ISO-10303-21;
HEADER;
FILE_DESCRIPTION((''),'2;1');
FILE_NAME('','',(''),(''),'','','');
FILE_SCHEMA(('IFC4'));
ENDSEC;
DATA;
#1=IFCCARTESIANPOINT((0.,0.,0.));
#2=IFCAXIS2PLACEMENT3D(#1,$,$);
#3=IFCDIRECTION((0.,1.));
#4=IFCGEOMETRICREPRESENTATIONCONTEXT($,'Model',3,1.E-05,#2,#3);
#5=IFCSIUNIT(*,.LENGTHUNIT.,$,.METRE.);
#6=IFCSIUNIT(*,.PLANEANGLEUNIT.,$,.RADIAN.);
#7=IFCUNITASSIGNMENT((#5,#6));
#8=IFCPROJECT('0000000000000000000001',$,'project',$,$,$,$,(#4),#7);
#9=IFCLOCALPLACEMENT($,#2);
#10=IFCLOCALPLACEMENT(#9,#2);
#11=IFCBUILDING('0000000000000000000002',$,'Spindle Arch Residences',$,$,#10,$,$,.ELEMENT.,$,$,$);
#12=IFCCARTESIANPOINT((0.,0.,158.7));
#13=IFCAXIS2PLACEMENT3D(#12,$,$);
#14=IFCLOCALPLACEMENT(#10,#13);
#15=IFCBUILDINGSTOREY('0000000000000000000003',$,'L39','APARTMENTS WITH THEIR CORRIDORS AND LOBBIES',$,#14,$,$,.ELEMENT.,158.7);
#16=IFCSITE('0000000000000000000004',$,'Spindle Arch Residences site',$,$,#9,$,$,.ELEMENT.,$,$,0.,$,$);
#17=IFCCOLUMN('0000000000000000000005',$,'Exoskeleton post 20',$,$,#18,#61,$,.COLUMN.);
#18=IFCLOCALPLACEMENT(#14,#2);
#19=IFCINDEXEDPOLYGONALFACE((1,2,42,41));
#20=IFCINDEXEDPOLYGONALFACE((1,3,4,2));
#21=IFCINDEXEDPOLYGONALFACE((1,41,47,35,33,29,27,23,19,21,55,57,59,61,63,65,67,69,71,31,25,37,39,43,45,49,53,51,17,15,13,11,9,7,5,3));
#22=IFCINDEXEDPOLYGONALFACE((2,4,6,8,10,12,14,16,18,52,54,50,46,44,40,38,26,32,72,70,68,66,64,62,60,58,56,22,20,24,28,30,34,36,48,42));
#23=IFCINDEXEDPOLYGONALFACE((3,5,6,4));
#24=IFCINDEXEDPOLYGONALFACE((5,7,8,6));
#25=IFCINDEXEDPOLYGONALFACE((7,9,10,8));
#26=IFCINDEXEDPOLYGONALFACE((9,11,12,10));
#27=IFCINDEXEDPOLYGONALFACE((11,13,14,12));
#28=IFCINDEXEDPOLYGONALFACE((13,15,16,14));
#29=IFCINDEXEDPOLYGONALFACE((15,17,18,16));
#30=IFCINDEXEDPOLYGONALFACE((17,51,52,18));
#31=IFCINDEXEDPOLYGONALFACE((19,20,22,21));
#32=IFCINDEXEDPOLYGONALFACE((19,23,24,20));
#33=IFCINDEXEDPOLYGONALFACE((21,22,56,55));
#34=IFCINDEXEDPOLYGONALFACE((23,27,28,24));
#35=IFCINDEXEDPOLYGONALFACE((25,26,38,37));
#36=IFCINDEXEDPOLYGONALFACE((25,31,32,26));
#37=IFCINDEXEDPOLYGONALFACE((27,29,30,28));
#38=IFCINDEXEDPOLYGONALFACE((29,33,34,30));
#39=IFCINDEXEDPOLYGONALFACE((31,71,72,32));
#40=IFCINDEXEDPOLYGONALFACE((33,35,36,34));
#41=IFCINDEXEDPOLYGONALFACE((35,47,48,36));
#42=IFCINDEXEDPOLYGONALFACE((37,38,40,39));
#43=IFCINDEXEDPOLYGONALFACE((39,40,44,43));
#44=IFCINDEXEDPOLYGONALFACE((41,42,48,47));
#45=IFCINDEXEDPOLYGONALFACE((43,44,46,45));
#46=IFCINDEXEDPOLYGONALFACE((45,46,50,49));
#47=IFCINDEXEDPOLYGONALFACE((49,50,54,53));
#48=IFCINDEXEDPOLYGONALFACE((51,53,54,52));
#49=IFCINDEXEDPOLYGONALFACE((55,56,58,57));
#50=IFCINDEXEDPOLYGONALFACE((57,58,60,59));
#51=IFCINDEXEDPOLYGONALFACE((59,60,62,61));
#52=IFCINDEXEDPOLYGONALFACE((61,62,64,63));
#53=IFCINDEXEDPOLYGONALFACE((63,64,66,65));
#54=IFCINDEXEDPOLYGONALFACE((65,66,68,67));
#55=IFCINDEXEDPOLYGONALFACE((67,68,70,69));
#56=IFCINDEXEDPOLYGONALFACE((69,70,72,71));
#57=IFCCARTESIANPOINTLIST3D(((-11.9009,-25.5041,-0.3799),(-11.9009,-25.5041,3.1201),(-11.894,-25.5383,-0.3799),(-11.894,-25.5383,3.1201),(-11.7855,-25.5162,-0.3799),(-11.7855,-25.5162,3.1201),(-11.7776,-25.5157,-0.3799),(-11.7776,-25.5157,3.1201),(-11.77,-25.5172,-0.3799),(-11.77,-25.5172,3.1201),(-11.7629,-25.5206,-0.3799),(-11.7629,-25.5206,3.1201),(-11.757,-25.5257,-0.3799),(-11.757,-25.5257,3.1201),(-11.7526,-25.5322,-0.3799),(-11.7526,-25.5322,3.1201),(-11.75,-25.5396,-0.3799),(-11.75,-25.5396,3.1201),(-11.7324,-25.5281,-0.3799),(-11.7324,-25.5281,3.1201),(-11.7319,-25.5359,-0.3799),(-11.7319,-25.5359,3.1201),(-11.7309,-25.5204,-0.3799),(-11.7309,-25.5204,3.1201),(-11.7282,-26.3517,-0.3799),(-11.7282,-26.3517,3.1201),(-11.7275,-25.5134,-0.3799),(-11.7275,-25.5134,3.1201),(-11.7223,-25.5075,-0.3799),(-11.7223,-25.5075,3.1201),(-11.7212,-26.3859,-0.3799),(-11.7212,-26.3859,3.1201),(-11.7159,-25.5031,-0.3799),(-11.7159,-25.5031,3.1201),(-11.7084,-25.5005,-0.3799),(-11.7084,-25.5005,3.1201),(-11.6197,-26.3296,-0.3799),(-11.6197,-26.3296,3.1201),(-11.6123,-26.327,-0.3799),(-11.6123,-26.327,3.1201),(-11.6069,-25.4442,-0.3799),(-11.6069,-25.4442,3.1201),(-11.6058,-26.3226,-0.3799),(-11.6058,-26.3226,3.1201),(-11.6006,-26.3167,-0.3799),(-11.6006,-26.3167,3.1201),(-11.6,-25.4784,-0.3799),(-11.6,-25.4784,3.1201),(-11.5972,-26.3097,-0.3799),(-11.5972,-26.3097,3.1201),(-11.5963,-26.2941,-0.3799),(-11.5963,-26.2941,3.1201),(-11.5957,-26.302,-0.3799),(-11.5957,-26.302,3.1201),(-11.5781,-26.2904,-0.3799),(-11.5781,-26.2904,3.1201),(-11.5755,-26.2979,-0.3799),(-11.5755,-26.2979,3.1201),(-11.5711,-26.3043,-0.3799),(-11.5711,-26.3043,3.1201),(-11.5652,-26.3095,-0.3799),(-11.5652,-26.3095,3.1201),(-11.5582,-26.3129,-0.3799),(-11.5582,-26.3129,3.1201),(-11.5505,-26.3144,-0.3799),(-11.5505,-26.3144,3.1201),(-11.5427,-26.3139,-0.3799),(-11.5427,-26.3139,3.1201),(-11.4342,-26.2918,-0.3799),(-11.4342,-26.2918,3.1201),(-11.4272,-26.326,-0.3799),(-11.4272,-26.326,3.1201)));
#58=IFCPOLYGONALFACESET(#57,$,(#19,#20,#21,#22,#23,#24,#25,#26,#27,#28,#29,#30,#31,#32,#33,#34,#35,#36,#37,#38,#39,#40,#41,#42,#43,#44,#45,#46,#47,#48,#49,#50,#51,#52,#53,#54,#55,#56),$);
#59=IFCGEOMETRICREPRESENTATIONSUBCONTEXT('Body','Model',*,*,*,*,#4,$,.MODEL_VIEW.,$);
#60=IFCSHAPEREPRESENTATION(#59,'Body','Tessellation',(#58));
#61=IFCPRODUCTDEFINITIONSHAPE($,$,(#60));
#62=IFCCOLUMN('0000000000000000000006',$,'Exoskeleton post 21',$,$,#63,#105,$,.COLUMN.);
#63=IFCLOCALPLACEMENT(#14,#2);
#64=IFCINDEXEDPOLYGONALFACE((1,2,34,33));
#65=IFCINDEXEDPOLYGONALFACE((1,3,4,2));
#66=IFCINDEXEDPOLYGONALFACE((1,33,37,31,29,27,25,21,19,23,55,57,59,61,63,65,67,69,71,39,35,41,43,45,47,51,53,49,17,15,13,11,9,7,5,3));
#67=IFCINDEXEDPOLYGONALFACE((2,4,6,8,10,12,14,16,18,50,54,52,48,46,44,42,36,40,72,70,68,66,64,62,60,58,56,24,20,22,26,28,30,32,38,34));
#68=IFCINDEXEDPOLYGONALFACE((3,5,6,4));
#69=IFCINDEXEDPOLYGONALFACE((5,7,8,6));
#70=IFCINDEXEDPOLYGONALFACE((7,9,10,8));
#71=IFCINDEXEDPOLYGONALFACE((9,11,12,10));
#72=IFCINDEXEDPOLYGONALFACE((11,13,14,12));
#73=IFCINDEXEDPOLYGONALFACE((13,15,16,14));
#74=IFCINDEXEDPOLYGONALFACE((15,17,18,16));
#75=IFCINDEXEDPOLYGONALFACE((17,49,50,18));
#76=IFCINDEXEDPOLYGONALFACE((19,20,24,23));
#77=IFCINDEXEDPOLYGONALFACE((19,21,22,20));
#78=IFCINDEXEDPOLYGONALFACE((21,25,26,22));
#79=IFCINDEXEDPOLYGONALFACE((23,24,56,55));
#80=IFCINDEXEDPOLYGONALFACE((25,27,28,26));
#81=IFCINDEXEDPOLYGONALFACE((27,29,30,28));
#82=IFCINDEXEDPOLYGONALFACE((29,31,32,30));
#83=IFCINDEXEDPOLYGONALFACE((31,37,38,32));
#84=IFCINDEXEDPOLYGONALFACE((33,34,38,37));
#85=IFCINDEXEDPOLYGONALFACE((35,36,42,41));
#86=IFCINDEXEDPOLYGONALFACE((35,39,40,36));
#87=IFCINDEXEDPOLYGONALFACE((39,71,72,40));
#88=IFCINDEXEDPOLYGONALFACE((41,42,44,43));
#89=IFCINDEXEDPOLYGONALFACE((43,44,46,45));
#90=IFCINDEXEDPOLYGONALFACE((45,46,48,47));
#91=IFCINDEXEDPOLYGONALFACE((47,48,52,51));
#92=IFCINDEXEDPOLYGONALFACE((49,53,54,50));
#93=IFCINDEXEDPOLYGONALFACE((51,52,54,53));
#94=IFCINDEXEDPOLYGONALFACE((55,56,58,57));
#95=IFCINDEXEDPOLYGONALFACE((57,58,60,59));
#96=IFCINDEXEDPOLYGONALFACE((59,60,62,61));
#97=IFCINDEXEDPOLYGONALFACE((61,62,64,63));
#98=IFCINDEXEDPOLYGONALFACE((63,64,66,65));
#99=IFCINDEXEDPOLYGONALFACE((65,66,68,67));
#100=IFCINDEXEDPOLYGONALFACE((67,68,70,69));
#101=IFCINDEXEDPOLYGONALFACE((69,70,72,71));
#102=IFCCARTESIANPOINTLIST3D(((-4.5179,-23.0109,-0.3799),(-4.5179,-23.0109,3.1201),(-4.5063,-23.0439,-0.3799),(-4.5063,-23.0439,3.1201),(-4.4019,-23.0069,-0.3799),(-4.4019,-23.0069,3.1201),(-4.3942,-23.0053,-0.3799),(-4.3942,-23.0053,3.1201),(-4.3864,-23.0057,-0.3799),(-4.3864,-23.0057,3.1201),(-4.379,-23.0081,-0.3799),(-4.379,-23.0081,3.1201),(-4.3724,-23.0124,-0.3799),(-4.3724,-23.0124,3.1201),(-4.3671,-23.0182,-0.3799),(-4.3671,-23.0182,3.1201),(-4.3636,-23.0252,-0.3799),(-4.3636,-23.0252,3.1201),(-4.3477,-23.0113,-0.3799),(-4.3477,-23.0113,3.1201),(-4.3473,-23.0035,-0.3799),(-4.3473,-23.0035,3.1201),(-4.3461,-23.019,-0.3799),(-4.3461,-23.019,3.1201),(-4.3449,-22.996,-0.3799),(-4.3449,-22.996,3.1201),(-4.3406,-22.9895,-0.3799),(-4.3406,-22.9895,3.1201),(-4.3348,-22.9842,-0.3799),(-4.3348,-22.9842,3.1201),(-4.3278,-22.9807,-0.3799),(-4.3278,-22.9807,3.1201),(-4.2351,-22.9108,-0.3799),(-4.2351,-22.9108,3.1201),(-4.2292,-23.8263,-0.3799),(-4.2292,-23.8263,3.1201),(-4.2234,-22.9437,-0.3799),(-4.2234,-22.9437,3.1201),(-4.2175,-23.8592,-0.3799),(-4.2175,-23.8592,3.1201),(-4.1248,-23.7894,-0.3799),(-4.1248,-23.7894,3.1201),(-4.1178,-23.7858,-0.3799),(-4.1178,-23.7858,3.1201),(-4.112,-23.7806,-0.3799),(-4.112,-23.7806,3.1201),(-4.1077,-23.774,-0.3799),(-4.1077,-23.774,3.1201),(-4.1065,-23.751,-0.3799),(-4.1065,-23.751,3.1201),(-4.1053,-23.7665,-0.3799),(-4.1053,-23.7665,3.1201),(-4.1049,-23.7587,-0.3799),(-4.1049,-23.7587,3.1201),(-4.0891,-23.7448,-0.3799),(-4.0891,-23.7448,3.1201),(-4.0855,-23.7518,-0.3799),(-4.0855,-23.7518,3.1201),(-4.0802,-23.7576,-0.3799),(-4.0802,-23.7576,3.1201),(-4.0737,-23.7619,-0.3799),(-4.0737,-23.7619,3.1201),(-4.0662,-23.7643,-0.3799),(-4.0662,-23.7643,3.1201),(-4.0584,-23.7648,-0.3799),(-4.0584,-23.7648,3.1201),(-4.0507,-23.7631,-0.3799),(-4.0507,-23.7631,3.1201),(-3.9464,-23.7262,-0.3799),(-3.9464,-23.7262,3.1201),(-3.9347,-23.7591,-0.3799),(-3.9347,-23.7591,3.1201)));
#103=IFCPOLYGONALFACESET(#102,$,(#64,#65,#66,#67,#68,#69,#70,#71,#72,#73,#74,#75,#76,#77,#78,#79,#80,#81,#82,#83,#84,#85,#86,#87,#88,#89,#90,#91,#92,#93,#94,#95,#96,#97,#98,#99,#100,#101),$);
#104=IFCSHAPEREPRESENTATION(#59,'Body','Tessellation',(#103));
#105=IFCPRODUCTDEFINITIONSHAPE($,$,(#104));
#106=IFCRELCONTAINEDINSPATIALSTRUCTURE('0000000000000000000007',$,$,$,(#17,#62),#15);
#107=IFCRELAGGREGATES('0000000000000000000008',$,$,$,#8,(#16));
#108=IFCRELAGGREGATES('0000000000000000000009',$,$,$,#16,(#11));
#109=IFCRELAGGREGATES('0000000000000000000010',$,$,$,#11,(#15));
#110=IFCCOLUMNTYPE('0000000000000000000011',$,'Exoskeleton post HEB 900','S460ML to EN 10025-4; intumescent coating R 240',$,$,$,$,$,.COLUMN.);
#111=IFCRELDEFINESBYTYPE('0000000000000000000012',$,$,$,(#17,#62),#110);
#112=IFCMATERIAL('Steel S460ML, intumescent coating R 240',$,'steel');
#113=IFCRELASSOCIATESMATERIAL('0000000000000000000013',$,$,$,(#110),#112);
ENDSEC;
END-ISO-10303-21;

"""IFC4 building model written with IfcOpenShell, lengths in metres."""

from ifc_helpers import new_model, si_unit, direction, frame, origin, origin_2d, place, context, subcontext, project, spatial, i_section, extrude, material, material_profile, profile_set, type_object, element, save


model = new_model("IFC4")

# Units and contexts
model_context = context("Model", 3, precision=1e-05, world=origin(), true_north=direction((0.0, 1.0)))
body_context = subcontext(model_context, "Body", "Model", "MODEL_VIEW")
ifc_project = project(units=[si_unit("LENGTHUNIT", "METRE"), si_unit("PLANEANGLEUNIT", "RADIAN")], contexts=[model_context])

# Site, building, storey
site_placement = place(None, origin())
site = spatial("IfcSite", under=ifc_project, at=site_placement, Name="Spindle Arch Residences site", CompositionType="ELEMENT", RefElevation=0.0)
building_placement = place(site_placement, origin())
building = spatial("IfcBuilding", under=site, at=building_placement, Name="Spindle Arch Residences", CompositionType="ELEMENT")
storey_placement = place(building_placement, frame((0.0, 0.0, 158.7)))
storey = spatial("IfcBuildingStorey", under=building, at=storey_placement, Name="L39", Description="APARTMENTS WITH THEIR CORRIDORS AND LOBBIES", CompositionType="ELEMENT", Elevation=158.7)

# Columns
ifc_material_1 = material(Name="Steel S460ML, intumescent coating R 240", Category="steel")
ifc_material_profile_1 = material_profile(ifc_material_1, i_section(OverallWidth=0.3, OverallDepth=0.8999, WebThickness=0.0186, FlangeThickness=0.0349, FilletRadius=0.03, at=origin_2d()), Name="HEB 900")
ifc_profile_set_1 = profile_set([ifc_material_profile_1], Name="Steel S460ML, intumescent coating R 240")
column_type_1 = type_object("IfcColumnType", Name="Exoskeleton post HEB 900", Description="S460ML to EN 10025-4; intumescent coating R 240", PredefinedType="COLUMN", material=ifc_profile_set_1)
for number, where, z_axis, x_axis, name in (
    (1, (-11.6641, -25.915, -0.3799), (0.0, 0.0, 1.0), (-0.979853, -0.199719, 0.0), "Exoskeleton post 20"),
    (2, (-4.2263, -23.385, -0.3799), (0.0, 0.0, 1.0), (-0.942641, -0.333807, 0.0), "Exoskeleton post 21"),
):
    element("IfcColumn", number, at=place(storey_placement, frame(where, z_axis=z_axis, x_axis=x_axis)), inside=storey, type_object=column_type_1, Name=name, PredefinedType="COLUMN", context=body_context, shape_type="SweptSolid", body=[
        extrude(i_section(OverallWidth=0.3, OverallDepth=0.8999, WebThickness=0.0186, FlangeThickness=0.0349, FilletRadius=0.03, at=origin_2d()), origin(), (0.0, 0.0, 1.0), 3.5),
    ])

save(model, "model.ifc")
